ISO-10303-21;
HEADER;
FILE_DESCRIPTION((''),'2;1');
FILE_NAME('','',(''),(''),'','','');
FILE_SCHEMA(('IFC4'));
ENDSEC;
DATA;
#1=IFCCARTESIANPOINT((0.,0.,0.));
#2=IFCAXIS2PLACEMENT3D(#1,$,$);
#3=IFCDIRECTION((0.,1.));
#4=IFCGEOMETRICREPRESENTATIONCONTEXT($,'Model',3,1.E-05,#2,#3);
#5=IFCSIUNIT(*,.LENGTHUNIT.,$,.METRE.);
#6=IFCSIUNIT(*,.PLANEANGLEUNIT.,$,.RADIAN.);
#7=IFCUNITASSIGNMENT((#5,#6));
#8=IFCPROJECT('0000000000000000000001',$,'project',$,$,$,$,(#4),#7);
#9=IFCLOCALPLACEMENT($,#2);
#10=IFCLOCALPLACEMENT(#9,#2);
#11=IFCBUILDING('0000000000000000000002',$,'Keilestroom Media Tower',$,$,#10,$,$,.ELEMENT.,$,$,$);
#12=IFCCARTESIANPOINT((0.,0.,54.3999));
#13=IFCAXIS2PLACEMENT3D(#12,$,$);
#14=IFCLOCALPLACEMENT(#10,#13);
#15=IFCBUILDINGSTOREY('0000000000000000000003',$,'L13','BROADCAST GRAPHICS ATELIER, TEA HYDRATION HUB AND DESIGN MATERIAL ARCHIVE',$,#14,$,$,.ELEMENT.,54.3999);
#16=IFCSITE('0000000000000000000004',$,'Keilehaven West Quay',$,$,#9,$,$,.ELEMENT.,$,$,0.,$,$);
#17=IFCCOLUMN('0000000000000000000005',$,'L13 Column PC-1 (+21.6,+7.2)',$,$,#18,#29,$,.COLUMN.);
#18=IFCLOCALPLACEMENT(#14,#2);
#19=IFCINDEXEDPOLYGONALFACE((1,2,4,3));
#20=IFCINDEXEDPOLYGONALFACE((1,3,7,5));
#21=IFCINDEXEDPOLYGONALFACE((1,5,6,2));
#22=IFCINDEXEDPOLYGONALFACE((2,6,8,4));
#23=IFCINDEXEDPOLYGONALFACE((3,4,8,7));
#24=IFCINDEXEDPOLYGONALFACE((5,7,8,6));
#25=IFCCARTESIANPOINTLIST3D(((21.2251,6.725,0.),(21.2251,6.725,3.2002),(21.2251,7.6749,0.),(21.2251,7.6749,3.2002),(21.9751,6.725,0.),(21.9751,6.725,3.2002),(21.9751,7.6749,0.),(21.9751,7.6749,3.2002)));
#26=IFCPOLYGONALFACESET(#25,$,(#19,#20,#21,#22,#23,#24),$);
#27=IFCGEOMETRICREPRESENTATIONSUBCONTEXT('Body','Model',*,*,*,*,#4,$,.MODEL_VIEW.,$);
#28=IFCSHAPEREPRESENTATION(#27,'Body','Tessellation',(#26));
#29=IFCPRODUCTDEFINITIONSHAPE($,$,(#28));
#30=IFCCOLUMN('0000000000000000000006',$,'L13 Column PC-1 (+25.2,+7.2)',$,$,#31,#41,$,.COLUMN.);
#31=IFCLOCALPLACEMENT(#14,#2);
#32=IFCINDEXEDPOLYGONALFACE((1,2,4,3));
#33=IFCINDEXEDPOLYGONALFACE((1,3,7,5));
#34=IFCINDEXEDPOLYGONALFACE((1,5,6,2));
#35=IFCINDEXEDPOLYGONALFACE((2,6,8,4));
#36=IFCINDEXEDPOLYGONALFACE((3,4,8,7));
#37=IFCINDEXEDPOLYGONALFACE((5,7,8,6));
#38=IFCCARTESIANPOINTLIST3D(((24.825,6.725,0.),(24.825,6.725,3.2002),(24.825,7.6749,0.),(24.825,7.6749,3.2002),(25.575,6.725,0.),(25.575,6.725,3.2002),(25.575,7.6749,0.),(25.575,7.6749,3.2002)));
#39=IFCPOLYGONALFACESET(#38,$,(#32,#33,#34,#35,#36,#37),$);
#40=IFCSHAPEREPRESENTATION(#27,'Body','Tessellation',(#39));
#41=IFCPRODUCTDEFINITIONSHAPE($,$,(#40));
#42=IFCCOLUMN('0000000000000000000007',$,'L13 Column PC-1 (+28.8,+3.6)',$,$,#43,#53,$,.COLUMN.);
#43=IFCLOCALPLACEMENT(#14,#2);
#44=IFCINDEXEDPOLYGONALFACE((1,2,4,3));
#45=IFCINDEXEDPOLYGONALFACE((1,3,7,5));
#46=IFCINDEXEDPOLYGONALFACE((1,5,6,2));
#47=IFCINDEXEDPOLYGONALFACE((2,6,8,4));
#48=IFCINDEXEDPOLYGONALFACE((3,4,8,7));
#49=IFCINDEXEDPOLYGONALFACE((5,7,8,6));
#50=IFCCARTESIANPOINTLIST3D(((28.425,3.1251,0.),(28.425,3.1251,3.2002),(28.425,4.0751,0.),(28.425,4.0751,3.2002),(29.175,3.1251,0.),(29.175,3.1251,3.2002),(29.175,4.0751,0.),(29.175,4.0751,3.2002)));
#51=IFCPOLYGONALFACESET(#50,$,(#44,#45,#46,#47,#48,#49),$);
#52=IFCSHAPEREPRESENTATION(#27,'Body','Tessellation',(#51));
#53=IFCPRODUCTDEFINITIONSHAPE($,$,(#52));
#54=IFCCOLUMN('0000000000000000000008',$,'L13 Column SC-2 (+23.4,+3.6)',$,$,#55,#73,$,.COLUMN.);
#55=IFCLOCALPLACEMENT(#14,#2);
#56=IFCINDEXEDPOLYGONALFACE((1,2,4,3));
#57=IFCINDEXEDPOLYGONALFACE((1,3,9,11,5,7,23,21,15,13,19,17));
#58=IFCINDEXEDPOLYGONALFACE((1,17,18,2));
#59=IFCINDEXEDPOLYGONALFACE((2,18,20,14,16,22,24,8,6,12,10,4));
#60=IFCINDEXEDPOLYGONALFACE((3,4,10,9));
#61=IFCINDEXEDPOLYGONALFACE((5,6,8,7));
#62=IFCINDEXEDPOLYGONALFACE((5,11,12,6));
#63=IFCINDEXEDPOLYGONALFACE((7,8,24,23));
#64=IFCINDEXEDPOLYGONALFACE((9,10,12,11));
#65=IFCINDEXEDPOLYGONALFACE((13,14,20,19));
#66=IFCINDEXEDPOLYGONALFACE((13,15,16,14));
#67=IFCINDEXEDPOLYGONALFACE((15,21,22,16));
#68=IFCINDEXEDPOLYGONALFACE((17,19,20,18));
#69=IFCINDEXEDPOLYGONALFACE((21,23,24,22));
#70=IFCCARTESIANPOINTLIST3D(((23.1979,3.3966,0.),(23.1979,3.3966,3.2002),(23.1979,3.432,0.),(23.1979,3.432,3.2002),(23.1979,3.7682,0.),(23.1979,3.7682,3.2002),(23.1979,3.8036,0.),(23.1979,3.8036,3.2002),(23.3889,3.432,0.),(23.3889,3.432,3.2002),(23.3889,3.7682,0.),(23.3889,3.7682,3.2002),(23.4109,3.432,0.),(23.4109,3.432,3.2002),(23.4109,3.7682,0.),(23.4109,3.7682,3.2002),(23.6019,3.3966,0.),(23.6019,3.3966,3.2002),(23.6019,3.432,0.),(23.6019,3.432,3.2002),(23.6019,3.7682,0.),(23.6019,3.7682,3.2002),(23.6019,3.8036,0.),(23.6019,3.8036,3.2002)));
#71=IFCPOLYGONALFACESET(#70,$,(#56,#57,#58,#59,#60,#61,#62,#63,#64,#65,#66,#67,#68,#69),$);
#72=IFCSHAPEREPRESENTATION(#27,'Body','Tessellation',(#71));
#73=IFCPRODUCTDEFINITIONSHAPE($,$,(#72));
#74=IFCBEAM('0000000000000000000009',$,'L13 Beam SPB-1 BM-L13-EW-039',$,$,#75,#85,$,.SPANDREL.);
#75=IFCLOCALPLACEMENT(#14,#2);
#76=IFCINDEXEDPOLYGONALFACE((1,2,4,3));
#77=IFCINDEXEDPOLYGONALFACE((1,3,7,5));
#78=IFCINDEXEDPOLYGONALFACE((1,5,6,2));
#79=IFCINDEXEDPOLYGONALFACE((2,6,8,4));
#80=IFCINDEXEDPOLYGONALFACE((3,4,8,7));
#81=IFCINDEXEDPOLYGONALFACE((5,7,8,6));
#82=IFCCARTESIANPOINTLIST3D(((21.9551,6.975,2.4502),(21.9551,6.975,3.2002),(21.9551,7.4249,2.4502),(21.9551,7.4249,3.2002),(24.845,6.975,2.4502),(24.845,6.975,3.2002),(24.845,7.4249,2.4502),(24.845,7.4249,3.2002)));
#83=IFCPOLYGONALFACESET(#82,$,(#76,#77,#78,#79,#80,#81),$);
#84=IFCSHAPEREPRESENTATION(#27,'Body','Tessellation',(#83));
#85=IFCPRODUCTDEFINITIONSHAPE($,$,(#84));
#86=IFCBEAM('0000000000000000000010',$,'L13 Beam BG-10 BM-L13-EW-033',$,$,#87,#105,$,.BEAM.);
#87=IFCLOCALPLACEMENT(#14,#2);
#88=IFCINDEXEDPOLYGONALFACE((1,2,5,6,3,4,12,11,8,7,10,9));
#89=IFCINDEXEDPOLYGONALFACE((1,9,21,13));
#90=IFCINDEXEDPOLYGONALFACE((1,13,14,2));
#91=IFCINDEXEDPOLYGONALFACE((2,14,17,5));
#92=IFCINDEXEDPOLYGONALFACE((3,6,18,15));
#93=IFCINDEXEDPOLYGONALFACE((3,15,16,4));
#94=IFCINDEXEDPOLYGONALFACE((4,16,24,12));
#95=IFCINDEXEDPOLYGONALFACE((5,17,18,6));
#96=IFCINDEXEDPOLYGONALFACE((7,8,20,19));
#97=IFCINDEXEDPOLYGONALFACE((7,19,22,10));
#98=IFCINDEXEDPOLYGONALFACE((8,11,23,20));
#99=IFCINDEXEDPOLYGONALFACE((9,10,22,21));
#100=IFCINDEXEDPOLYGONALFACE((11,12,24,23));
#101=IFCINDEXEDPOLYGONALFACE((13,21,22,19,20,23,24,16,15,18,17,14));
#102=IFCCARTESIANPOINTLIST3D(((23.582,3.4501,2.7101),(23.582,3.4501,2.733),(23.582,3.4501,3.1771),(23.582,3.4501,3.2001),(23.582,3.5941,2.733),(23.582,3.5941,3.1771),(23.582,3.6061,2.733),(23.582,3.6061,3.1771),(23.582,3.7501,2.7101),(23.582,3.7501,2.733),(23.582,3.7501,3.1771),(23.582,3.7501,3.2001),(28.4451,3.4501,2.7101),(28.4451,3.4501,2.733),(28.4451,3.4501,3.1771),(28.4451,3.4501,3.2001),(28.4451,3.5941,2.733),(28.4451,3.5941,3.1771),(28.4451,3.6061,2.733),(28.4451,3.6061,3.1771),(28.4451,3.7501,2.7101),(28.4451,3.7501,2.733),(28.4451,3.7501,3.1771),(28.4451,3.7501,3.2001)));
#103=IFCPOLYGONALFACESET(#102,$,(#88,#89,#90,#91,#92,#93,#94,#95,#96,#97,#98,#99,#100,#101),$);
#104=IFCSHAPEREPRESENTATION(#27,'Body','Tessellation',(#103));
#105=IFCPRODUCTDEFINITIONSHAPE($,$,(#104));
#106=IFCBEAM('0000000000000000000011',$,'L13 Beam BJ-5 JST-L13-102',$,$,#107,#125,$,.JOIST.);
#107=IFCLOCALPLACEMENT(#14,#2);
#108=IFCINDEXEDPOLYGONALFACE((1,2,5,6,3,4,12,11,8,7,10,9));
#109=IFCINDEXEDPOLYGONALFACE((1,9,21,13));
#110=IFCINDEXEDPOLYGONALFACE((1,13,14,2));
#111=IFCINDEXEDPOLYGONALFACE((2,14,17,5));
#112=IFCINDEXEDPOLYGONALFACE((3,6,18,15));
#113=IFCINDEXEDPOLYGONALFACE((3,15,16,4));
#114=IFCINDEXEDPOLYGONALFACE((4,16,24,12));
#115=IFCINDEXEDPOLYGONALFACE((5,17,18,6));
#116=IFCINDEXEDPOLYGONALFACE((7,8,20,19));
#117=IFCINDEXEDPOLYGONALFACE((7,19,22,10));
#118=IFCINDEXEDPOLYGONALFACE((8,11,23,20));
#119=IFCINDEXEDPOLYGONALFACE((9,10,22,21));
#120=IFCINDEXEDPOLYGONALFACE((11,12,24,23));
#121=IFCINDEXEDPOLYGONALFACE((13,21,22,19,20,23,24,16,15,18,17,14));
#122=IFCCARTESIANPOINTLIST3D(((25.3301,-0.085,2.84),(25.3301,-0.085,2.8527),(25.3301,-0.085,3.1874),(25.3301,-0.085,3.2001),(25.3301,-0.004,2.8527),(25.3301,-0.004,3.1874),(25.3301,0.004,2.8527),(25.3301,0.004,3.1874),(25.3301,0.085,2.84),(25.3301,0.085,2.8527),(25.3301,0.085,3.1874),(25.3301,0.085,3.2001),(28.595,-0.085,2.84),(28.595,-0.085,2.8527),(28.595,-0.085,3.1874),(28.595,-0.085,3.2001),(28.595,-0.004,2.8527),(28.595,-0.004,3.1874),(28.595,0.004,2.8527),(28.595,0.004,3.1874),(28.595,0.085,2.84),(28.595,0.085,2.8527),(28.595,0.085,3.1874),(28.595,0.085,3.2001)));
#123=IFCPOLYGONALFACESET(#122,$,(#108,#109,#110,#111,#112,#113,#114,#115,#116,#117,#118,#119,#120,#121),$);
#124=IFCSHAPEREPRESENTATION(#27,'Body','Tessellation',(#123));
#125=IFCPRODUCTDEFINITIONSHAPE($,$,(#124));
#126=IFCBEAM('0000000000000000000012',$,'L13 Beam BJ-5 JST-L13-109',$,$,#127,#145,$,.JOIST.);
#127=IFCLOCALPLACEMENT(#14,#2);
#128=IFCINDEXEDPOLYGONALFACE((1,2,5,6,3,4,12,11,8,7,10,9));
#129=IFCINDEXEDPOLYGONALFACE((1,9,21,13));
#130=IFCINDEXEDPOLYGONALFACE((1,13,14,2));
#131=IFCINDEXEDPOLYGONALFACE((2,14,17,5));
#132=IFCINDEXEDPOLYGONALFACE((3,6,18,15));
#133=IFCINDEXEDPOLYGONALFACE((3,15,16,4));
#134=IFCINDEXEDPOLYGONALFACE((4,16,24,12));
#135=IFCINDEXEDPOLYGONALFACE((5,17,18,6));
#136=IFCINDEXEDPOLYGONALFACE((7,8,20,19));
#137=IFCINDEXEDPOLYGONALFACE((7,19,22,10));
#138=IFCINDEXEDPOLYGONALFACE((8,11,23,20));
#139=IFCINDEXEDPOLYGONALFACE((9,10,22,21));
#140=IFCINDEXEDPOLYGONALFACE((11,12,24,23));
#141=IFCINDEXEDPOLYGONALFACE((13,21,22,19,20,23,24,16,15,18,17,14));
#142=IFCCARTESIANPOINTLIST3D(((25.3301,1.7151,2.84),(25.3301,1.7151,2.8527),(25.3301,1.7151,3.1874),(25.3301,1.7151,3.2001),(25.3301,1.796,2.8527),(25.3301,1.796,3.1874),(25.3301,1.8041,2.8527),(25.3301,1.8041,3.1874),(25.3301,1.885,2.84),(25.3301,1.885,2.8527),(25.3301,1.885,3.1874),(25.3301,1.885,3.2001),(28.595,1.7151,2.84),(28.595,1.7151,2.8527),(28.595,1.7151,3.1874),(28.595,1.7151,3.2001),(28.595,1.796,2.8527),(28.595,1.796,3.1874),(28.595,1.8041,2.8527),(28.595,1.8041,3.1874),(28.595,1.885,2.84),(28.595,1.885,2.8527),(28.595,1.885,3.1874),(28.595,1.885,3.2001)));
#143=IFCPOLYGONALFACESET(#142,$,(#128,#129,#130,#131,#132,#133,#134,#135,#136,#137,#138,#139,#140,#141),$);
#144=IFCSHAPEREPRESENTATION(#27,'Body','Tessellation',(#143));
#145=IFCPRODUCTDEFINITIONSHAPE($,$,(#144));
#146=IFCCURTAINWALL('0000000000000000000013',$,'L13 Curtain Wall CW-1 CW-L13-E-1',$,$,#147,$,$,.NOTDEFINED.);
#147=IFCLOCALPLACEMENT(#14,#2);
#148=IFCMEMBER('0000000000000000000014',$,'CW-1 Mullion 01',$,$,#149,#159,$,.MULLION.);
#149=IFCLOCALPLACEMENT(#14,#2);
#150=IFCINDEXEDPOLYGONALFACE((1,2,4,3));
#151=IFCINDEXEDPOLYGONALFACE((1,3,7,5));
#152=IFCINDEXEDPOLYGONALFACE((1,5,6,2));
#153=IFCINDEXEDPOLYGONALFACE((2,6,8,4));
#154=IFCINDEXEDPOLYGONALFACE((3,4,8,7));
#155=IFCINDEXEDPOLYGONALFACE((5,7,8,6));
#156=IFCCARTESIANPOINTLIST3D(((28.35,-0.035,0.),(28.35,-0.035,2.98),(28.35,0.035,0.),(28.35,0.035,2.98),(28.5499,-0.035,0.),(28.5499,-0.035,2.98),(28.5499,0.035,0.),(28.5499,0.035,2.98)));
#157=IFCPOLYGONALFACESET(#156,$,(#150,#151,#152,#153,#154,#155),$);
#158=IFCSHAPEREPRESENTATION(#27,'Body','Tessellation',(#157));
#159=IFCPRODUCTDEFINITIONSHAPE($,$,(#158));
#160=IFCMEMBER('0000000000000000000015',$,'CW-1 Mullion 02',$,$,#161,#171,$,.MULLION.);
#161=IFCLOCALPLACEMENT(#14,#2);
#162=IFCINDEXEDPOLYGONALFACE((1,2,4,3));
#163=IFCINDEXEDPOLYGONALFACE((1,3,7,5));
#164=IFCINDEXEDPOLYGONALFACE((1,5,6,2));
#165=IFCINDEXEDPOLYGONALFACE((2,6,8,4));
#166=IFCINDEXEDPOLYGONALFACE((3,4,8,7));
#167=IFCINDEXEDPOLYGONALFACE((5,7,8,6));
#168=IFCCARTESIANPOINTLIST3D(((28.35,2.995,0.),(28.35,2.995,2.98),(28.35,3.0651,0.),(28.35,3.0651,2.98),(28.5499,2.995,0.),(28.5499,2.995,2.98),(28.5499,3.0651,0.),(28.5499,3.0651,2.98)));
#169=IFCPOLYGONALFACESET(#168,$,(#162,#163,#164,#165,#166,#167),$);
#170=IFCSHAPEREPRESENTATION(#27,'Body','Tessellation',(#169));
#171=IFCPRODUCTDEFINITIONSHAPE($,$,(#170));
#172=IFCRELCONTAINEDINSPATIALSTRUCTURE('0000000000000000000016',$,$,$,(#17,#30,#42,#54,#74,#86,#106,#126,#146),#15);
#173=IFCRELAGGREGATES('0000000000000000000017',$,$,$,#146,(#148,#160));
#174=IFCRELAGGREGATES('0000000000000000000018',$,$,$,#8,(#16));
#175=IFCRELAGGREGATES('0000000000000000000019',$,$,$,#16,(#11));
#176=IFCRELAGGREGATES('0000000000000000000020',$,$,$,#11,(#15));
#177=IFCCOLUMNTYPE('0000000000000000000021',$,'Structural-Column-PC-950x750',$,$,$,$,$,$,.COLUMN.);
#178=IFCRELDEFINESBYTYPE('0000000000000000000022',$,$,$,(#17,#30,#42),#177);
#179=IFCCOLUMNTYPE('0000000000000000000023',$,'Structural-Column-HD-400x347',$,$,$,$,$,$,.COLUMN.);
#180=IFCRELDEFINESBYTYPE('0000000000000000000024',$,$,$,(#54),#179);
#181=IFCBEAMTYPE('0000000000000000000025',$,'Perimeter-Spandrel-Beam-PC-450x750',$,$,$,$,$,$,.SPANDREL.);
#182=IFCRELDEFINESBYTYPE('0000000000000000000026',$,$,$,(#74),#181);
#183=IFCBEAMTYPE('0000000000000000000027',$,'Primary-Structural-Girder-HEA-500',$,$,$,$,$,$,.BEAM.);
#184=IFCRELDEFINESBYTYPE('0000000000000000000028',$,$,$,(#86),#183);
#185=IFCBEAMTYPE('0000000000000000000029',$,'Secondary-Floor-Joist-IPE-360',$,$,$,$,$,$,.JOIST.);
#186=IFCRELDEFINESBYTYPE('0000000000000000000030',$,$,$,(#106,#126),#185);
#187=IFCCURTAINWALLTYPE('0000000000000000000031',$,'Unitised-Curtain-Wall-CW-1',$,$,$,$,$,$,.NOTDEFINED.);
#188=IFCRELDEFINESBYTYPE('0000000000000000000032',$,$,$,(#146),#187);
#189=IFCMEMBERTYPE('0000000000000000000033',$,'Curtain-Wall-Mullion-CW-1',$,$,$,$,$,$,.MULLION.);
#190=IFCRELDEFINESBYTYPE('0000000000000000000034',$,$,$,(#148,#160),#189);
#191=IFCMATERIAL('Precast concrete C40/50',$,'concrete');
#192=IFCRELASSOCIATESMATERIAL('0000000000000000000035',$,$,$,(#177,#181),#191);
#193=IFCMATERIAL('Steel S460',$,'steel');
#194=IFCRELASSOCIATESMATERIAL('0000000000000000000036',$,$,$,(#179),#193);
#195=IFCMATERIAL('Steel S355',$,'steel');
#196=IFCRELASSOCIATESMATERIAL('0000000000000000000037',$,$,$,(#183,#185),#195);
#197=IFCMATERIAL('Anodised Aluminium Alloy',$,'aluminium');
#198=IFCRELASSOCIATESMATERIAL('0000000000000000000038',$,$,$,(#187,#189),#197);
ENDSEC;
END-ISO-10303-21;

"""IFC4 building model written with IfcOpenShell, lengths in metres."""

from ifc_helpers import new_model, si_unit, direction, frame, origin, origin_2d, place, context, subcontext, project, spatial, rectangle, i_section, extrude, source, transform, mapped, material, material_profile, profile_set, type_object, element, aggregate, save


model = new_model("IFC4")

# Units and contexts
model_context = context("Model", 3, precision=1e-05, world=origin(), true_north=direction((0.0, 1.0)))
body_context = subcontext(model_context, "Body", "Model", "MODEL_VIEW")
ifc_project = project(units=[si_unit("LENGTHUNIT", "METRE"), si_unit("PLANEANGLEUNIT", "RADIAN")], contexts=[model_context])

# Site, building, storey
site_placement = place(None, origin())
site = spatial("IfcSite", under=ifc_project, at=site_placement, Name="Keilehaven West Quay", CompositionType="ELEMENT", RefElevation=0.0)
building_placement = place(site_placement, origin())
building = spatial("IfcBuilding", under=site, at=building_placement, Name="Keilestroom Media Tower", CompositionType="ELEMENT")
storey_placement = place(building_placement, frame((0.0, 0.0, 54.3999)))
storey = spatial("IfcBuildingStorey", under=building, at=storey_placement, Name="L13", Description="BROADCAST GRAPHICS ATELIER, TEA HYDRATION HUB AND DESIGN MATERIAL ARCHIVE", CompositionType="ELEMENT", Elevation=54.3999)

# Columns
ifc_material_1 = material(Name="Precast concrete C40/50", Category="concrete")
ifc_material_profile_1 = material_profile(ifc_material_1, rectangle(XDim=0.75, YDim=0.95, at=origin_2d()), Name="PC 950x750")
ifc_profile_set_1 = profile_set([ifc_material_profile_1], Name="Precast concrete C40/50")
column_type_1 = type_object("IfcColumnType", Name="Structural-Column-PC-950x750", PredefinedType="COLUMN", material=ifc_profile_set_1)
shared_shape_1 = source(origin(), body_context, "Body", "SweptSolid", [
    extrude(rectangle(XDim=0.75, YDim=0.95, at=origin_2d()), origin(), (0.0, 0.0, 1.0), 3.2002),
])
for number, where, z_axis, x_axis, name in (
    (1, (21.6001, 7.2, 0.0), (0.0, 0.0, 1.0), (1.0, 0.0, 0.0), "L13 Column PC-1 (+21.6,+7.2)"),
    (2, (25.2, 7.2, 0.0), (0.0, 0.0, 1.0), (1.0, 0.0, 0.0), "L13 Column PC-1 (+25.2,+7.2)"),
    (3, (28.8, 3.6001, 0.0), (0.0, 0.0, 1.0), (1.0, 0.0, 0.0), "L13 Column PC-1 (+28.8,+3.6)"),
):
    element("IfcColumn", number, at=place(storey_placement, frame(where, z_axis=z_axis, x_axis=x_axis)), inside=storey, type_object=column_type_1, Name=name, PredefinedType="COLUMN", context=body_context, shape_type="MappedRepresentation", body=[
        mapped(shared_shape_1, transform((0.0, 0.0, 0.0), x_axis=(1.0, 0.0, 0.0), y_axis=(0.0, 1.0, 0.0), z_axis=(0.0, 0.0, 1.0), scale=1.0)),
    ])
ifc_material_2 = material(Name="Steel S460", Category="steel")
ifc_material_profile_2 = material_profile(ifc_material_2, i_section(OverallWidth=0.4041, OverallDepth=0.407, WebThickness=0.022, FlangeThickness=0.0354, at=origin_2d()), Name="HD 400x347")
ifc_profile_set_2 = profile_set([ifc_material_profile_2], Name="Steel S460")
column_type_2 = type_object("IfcColumnType", Name="Structural-Column-HD-400x347", PredefinedType="COLUMN", material=ifc_profile_set_2)
shared_shape_2 = source(origin(), body_context, "Body", "SweptSolid", [
    extrude(i_section(OverallWidth=0.4041, OverallDepth=0.407, WebThickness=0.022, FlangeThickness=0.0354, at=origin_2d()), origin(), (0.0, 0.0, 1.0), 3.2002),
])
column_placement = place(storey_placement, frame((23.3999, 3.6001, 0.0), z_axis=(0.0, 0.0, 1.0), x_axis=(1.0, 0.0, 0.0)))
element("IfcColumn", 4, at=column_placement, inside=storey, type_object=column_type_2, Name="L13 Column SC-2 (+23.4,+3.6)", PredefinedType="COLUMN", context=body_context, shape_type="MappedRepresentation", body=[
    mapped(shared_shape_2, transform((0.0, 0.0, 0.0), x_axis=(1.0, 0.0, 0.0), y_axis=(0.0, 1.0, 0.0), z_axis=(0.0, 0.0, 1.0), scale=1.0)),
])

# Beams
ifc_material_profile_3 = material_profile(ifc_material_1, rectangle(XDim=0.45, YDim=0.75, at=origin_2d()), Name="PC 450x750")
ifc_profile_set_3 = profile_set([ifc_material_profile_3], Name="Precast concrete C40/50")
beam_type_1 = type_object("IfcBeamType", Name="Perimeter-Spandrel-Beam-PC-450x750", PredefinedType="SPANDREL", material=ifc_profile_set_3)
shared_shape_3 = source(origin(), body_context, "Body", "SweptSolid", [
    extrude(rectangle(XDim=0.45, YDim=0.75, at=origin_2d()), origin(), (0.0, 0.0, 1.0), 2.8899),
])
beam_1_placement = place(storey_placement, frame((21.9551, 7.2, 2.8252), z_axis=(1.0, 0.0, 0.0), x_axis=(0.0, 1.0, 0.0)))
element("IfcBeam", 5, at=beam_1_placement, inside=storey, type_object=beam_type_1, Name="L13 Beam SPB-1 BM-L13-EW-039", PredefinedType="SPANDREL", context=body_context, shape_type="MappedRepresentation", body=[
    mapped(shared_shape_3, transform((0.0, 0.0, 0.0), x_axis=(1.0, 0.0, 0.0), y_axis=(0.0, 1.0, 0.0), z_axis=(0.0, 0.0, 1.0), scale=1.0)),
])
ifc_material_3 = material(Name="Steel S355", Category="steel")
ifc_material_profile_4 = material_profile(ifc_material_3, i_section(OverallWidth=0.3, OverallDepth=0.49, WebThickness=0.012, FlangeThickness=0.0229, at=origin_2d()), Name="HEA 500")
ifc_profile_set_4 = profile_set([ifc_material_profile_4], Name="Steel S355")
beam_type_2 = type_object("IfcBeamType", Name="Primary-Structural-Girder-HEA-500", PredefinedType="BEAM", material=ifc_profile_set_4)
shared_shape_4 = source(origin(), body_context, "Body", "SweptSolid", [
    extrude(i_section(OverallWidth=0.3, OverallDepth=0.49, WebThickness=0.012, FlangeThickness=0.0229, at=origin_2d()), origin(), (0.0, 0.0, 1.0), 4.863),
])
beam_2_placement = place(storey_placement, frame((23.582, 3.6001, 2.9551), z_axis=(1.0, 0.0, 0.0), x_axis=(0.0, 1.0, 0.0)))
element("IfcBeam", 6, at=beam_2_placement, inside=storey, type_object=beam_type_2, Name="L13 Beam BG-10 BM-L13-EW-033", PredefinedType="BEAM", context=body_context, shape_type="MappedRepresentation", body=[
    mapped(shared_shape_4, transform((0.0, 0.0, 0.0), x_axis=(1.0, 0.0, 0.0), y_axis=(0.0, 1.0, 0.0), z_axis=(0.0, 0.0, 1.0), scale=1.0)),
])
ifc_material_profile_5 = material_profile(ifc_material_3, i_section(OverallWidth=0.1699, OverallDepth=0.3601, WebThickness=0.0081, FlangeThickness=0.0127, at=origin_2d()), Name="IPE 360")
ifc_profile_set_5 = profile_set([ifc_material_profile_5], Name="Steel S355")
beam_type_3 = type_object("IfcBeamType", Name="Secondary-Floor-Joist-IPE-360", PredefinedType="JOIST", material=ifc_profile_set_5)
shared_shape_5 = source(origin(), body_context, "Body", "SweptSolid", [
    extrude(i_section(OverallWidth=0.1699, OverallDepth=0.3601, WebThickness=0.0081, FlangeThickness=0.0127, at=origin_2d()), origin(), (0.0, 0.0, 1.0), 3.2649),
])
for number, where, z_axis, x_axis, name in (
    (7, (25.3301, 0.0, 3.02), (1.0, 0.0, 0.0), (0.0, 1.0, 0.0), "L13 Beam BJ-5 JST-L13-102"),
    (8, (25.3301, 1.8, 3.02), (1.0, 0.0, 0.0), (0.0, 1.0, 0.0), "L13 Beam BJ-5 JST-L13-109"),
):
    element("IfcBeam", number, at=place(storey_placement, frame(where, z_axis=z_axis, x_axis=x_axis)), inside=storey, type_object=beam_type_3, Name=name, PredefinedType="JOIST", context=body_context, shape_type="MappedRepresentation", body=[
        mapped(shared_shape_5, transform((0.0, 0.0, 0.0), x_axis=(1.0, 0.0, 0.0), y_axis=(0.0, 1.0, 0.0), z_axis=(0.0, 0.0, 1.0), scale=1.0)),
    ])

# Curtain wall, members
ifc_material_4 = material(Name="Anodised Aluminium Alloy", Category="aluminium")
curtain_wall_type = type_object("IfcCurtainWallType", Name="Unitised-Curtain-Wall-CW-1", PredefinedType="NOTDEFINED", material=ifc_material_4)
curtain_wall_placement = place(storey_placement, origin())
curtain_wall = element("IfcCurtainWall", 9, at=curtain_wall_placement, inside=storey, type_object=curtain_wall_type, Name="L13 Curtain Wall CW-1 CW-L13-E-1", PredefinedType="NOTDEFINED")
ifc_material_profile_6 = material_profile(ifc_material_4, rectangle(XDim=0.0701, YDim=0.2, at=origin_2d()), Name="ALU MULLION 70x200")
ifc_profile_set_6 = profile_set([ifc_material_profile_6], Name="Anodised Aluminium Alloy")
member_type_1 = type_object("IfcMemberType", Name="Curtain-Wall-Mullion-CW-1", PredefinedType="MULLION", material=ifc_profile_set_6)
shared_shape_6 = source(origin(), body_context, "Body", "SweptSolid", [
    extrude(rectangle(XDim=0.0701, YDim=0.2, at=origin_2d()), origin(), (0.0, 0.0, 1.0), 2.98),
])
member_1_placement = place(storey_placement, frame((28.45, 0.0, 0.0), z_axis=(0.0, 0.0, 1.0), x_axis=(0.0, 1.0, 0.0)))
member_1 = element("IfcMember", 10, at=member_1_placement, type_object=member_type_1, Name="CW-1 Mullion 01", PredefinedType="MULLION", context=body_context, shape_type="MappedRepresentation", body=[
    mapped(shared_shape_6, transform((0.0, 0.0, 0.0), x_axis=(1.0, 0.0, 0.0), y_axis=(0.0, 1.0, 0.0), z_axis=(0.0, 0.0, 1.0), scale=1.0)),
])
member_2_placement = place(storey_placement, frame((28.45, 3.03, 0.0), z_axis=(0.0, 0.0, 1.0), x_axis=(0.0, 1.0, 0.0)))
member_2 = element("IfcMember", 11, at=member_2_placement, type_object=member_type_1, Name="CW-1 Mullion 02", PredefinedType="MULLION", context=body_context, shape_type="MappedRepresentation", body=[
    mapped(shared_shape_6, transform((0.0, 0.0, 0.0), x_axis=(1.0, 0.0, 0.0), y_axis=(0.0, 1.0, 0.0), z_axis=(0.0, 0.0, 1.0), scale=1.0)),
])
aggregate(curtain_wall, [member_1, member_2])

save(model, "model.ifc")
